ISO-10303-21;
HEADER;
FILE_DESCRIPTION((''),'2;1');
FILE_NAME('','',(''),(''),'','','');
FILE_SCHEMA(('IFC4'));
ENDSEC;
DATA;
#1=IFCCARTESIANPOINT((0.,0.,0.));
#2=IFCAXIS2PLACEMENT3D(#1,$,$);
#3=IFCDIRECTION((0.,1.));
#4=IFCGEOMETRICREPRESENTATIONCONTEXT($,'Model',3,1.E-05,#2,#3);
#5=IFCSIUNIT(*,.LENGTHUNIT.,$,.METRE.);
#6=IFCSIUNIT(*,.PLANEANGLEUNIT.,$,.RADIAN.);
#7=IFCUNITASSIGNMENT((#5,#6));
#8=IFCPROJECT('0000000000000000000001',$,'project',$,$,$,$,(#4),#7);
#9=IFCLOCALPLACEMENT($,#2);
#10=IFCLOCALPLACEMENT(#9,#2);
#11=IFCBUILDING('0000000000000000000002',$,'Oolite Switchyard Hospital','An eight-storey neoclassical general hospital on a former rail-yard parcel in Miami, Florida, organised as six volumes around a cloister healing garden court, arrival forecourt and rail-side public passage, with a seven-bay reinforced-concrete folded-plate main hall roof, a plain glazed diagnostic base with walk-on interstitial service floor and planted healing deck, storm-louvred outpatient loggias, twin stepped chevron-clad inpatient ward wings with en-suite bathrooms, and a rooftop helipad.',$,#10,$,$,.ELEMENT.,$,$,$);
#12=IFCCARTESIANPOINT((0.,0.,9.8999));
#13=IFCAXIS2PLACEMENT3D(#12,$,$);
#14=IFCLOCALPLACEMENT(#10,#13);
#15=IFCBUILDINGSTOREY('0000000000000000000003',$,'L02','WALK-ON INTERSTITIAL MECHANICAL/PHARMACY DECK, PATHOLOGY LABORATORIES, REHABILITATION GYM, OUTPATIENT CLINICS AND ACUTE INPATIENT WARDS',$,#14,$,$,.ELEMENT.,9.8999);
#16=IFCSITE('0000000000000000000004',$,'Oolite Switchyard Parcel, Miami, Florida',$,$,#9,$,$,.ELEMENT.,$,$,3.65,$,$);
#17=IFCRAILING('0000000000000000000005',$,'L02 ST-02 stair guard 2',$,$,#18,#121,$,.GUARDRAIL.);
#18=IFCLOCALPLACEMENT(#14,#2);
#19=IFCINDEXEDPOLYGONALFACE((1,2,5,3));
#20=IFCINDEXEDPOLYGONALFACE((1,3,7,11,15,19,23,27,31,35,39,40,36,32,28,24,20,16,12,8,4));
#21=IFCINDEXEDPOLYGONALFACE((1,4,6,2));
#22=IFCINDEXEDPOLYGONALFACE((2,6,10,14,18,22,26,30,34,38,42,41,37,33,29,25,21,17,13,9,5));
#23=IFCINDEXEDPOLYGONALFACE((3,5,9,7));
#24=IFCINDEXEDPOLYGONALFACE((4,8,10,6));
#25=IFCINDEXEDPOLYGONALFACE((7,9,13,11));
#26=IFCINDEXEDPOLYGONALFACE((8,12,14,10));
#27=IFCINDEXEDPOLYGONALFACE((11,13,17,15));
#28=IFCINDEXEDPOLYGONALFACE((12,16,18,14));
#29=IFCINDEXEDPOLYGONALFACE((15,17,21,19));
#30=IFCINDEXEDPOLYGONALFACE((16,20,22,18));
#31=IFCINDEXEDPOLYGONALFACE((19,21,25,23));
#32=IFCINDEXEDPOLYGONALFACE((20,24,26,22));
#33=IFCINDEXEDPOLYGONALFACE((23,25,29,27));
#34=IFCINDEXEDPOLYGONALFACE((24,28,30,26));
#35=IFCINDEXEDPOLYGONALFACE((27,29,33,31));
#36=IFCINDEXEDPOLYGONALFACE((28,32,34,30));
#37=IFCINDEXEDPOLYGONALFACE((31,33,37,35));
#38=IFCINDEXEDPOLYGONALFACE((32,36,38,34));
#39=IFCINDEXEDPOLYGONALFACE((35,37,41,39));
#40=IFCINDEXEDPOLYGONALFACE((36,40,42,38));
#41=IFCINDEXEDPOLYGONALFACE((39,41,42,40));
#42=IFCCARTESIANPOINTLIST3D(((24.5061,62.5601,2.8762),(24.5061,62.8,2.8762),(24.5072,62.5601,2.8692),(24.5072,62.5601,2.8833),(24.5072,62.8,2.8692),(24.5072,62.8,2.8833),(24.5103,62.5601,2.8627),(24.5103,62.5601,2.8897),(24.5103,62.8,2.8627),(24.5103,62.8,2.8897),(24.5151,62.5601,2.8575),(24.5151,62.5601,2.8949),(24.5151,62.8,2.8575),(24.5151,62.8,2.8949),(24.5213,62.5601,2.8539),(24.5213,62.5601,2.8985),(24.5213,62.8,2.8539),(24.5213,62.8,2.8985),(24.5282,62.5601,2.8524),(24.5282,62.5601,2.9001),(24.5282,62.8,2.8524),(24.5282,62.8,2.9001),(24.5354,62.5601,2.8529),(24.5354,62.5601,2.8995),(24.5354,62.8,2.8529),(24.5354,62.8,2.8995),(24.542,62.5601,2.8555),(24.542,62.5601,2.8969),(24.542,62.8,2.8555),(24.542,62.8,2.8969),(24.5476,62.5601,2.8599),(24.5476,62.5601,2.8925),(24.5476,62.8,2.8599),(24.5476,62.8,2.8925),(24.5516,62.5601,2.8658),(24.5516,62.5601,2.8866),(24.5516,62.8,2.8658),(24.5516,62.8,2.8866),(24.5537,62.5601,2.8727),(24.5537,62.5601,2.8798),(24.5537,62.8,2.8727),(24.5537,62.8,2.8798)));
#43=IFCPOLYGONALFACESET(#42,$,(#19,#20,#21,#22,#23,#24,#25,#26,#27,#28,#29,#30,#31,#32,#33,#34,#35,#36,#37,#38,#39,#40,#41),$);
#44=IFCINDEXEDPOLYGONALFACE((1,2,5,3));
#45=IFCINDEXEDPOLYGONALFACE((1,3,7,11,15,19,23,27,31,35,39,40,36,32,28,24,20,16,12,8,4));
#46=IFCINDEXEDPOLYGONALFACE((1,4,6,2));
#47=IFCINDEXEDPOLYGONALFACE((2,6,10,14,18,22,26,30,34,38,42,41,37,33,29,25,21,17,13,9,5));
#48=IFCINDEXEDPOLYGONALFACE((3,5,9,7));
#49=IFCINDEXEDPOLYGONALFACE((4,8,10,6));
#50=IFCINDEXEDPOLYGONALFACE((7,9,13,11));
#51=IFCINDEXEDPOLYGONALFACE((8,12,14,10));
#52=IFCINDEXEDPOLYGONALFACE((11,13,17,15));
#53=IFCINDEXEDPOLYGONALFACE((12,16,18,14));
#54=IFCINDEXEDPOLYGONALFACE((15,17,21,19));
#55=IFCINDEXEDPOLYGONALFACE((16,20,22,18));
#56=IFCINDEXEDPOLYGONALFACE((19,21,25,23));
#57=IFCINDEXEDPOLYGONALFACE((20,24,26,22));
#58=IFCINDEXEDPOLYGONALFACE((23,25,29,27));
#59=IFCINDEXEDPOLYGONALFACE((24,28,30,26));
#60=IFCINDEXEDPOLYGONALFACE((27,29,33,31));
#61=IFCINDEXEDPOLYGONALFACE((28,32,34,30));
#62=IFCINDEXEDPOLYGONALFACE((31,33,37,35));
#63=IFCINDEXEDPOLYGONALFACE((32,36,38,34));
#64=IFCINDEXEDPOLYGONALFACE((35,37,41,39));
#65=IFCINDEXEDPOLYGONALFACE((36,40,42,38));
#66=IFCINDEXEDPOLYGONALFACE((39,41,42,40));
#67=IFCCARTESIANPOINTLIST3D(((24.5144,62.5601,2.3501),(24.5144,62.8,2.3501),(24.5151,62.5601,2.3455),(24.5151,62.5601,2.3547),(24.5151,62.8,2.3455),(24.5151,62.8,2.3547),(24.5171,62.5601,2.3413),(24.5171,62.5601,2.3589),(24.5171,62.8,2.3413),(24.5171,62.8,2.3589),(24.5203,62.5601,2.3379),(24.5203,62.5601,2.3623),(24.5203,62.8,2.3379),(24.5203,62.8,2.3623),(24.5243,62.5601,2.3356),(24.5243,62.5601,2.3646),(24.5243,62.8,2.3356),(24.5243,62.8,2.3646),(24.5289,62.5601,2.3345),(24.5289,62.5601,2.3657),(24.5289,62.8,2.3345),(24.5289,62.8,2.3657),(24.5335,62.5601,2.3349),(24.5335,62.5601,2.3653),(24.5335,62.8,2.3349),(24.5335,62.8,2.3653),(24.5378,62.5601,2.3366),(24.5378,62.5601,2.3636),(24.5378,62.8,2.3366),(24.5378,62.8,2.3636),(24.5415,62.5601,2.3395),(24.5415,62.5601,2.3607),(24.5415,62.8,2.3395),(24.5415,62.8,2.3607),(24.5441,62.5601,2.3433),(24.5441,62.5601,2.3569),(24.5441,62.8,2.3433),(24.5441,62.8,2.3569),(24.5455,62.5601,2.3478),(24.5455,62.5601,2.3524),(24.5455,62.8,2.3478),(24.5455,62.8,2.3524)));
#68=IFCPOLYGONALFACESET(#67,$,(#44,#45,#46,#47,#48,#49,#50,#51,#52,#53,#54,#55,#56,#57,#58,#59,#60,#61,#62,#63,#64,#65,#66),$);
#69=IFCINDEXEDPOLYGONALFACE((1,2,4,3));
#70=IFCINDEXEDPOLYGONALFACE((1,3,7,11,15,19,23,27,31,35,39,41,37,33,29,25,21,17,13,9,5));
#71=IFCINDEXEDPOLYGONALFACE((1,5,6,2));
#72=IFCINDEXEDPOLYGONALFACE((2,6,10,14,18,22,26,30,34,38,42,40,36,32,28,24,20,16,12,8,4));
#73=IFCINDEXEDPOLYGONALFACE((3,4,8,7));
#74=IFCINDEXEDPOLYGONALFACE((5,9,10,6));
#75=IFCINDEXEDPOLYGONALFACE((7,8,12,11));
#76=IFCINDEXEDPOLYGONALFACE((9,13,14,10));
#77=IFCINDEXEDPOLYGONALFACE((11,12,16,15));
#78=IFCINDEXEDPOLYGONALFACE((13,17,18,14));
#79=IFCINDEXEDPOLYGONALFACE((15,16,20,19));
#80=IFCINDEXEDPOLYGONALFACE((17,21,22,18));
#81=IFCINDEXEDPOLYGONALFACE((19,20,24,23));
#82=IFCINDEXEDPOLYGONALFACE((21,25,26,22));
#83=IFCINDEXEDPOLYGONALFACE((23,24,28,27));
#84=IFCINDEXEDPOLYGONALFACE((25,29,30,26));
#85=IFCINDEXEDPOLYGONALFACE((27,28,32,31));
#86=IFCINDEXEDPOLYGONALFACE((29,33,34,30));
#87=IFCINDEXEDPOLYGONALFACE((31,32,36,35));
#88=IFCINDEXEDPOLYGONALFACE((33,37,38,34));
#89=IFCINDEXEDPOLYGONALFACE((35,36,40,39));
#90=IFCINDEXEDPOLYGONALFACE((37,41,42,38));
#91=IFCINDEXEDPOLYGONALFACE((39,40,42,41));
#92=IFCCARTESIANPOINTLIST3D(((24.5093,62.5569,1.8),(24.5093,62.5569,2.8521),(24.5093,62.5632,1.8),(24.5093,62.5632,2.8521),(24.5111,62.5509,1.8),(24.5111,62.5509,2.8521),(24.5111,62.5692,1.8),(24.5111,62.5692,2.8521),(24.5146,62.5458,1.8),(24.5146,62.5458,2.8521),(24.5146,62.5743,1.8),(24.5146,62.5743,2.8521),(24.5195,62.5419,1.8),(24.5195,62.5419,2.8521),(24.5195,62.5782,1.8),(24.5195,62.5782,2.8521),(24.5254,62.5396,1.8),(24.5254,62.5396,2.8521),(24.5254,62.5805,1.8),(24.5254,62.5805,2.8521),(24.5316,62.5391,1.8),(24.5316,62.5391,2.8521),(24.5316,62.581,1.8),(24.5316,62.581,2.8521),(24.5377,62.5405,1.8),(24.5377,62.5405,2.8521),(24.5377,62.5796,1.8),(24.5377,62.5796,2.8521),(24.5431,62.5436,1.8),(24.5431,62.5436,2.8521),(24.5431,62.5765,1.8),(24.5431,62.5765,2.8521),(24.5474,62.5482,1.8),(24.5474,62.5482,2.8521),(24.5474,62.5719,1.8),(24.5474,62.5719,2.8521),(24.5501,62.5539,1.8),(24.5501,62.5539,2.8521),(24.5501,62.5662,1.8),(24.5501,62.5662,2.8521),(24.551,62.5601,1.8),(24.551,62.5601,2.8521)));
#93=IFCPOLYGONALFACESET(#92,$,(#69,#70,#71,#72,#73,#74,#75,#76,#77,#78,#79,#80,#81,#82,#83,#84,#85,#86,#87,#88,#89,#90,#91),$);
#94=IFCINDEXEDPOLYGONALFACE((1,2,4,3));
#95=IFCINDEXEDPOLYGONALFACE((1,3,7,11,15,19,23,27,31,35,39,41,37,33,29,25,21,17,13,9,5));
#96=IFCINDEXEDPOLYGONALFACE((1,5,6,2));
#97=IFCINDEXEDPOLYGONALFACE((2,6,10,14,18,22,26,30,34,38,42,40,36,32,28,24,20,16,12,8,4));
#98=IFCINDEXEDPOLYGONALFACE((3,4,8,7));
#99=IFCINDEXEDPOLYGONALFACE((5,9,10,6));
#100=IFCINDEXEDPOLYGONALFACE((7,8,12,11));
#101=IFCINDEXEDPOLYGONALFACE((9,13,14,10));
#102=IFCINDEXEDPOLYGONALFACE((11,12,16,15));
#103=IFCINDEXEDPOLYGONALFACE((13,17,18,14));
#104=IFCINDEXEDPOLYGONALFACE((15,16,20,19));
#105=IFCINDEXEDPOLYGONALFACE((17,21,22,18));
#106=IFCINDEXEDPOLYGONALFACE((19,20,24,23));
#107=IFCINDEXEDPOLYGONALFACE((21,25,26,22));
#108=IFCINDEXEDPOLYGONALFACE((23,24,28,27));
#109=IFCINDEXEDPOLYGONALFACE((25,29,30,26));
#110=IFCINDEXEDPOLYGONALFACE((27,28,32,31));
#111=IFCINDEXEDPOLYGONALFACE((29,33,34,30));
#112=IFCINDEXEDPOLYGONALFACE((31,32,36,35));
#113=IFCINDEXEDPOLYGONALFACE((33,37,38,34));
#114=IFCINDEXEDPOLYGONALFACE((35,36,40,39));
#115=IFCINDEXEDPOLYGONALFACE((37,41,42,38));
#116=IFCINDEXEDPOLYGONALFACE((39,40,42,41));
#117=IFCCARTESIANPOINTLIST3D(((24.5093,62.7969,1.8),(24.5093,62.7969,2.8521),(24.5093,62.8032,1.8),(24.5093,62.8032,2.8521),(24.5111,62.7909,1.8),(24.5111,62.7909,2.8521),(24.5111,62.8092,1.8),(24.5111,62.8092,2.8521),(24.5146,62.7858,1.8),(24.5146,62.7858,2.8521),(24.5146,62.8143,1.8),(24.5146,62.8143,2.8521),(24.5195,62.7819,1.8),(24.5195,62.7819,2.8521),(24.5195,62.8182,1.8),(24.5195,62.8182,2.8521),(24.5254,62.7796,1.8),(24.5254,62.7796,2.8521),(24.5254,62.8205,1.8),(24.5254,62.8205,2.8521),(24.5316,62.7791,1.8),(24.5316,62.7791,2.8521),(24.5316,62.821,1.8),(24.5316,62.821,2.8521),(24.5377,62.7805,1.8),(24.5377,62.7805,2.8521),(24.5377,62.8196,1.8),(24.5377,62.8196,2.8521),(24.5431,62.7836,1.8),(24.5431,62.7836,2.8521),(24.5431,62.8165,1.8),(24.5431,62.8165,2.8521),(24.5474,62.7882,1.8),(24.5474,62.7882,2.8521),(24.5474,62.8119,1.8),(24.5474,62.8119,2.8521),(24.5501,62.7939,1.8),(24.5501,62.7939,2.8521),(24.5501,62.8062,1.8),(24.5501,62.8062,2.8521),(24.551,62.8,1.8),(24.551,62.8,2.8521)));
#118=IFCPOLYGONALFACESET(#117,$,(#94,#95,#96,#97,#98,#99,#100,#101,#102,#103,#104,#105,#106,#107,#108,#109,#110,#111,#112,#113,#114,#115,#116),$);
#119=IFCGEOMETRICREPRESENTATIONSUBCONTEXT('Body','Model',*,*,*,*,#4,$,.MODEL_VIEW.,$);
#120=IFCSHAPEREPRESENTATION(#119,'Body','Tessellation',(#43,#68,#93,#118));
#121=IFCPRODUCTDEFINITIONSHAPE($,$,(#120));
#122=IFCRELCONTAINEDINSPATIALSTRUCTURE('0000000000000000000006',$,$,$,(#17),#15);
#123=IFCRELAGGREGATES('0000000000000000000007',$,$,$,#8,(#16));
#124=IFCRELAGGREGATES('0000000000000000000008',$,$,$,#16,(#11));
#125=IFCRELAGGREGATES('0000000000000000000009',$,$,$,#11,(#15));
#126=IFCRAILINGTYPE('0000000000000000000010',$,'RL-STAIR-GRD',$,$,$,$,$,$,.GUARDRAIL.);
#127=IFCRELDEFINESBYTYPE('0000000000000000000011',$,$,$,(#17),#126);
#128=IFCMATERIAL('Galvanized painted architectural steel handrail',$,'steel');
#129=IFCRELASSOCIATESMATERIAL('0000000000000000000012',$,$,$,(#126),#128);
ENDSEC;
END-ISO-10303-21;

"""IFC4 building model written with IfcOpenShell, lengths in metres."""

from ifc_helpers import new_model, si_unit, direction, frame, origin, origin_2d, place, context, subcontext, project, spatial, circle, extrude, material, type_object, element, save


model = new_model("IFC4")

# Units and contexts
model_context = context("Model", 3, precision=1e-05, world=origin(), true_north=direction((0.0, 1.0)))
body_context = subcontext(model_context, "Body", "Model", "MODEL_VIEW")
ifc_project = project(units=[si_unit("LENGTHUNIT", "METRE"), si_unit("PLANEANGLEUNIT", "RADIAN")], contexts=[model_context])

# Site, building, storey
site_placement = place(None, origin())
site = spatial("IfcSite", under=ifc_project, at=site_placement, Name="Oolite Switchyard Parcel, Miami, Florida", CompositionType="ELEMENT", RefElevation=3.65)
building_placement = place(site_placement, origin())
building = spatial("IfcBuilding", under=site, at=building_placement, Name="Oolite Switchyard Hospital", Description="An eight-storey neoclassical general hospital on a former rail-yard parcel in Miami, Florida, organised as six volumes around a cloister healing garden court, arrival forecourt and rail-side public passage, with a seven-bay reinforced-concrete folded-plate main hall roof, a plain glazed diagnostic base with walk-on interstitial service floor and planted healing deck, storm-louvred outpatient loggias, twin stepped chevron-clad inpatient ward wings with en-suite bathrooms, and a rooftop helipad.", CompositionType="ELEMENT")
storey_placement = place(building_placement, frame((0.0, 0.0, 9.8999)))
storey = spatial("IfcBuildingStorey", under=building, at=storey_placement, Name="L02", Description="WALK-ON INTERSTITIAL MECHANICAL/PHARMACY DECK, PATHOLOGY LABORATORIES, REHABILITATION GYM, OUTPATIENT CLINICS AND ACUTE INPATIENT WARDS", CompositionType="ELEMENT", Elevation=9.8999)

# Railing
ifc_material_1 = material(Name="Galvanized painted architectural steel handrail", Category="steel")
railing_type_1 = type_object("IfcRailingType", Name="RL-STAIR-GRD", PredefinedType="GUARDRAIL", material=ifc_material_1)
railing_1_placement = place(storey_placement, frame((24.53, 62.5601, 1.8)))
element("IfcRailing", 1, at=railing_1_placement, inside=storey, type_object=railing_type_1, Name="L02 ST-02 stair guard 2", PredefinedType="GUARDRAIL", context=body_context, shape_type="SweptSolid", body=[
    extrude(circle(Radius=0.0239, at=origin_2d()), frame((0.0, 0.0, 1.0762), z_axis=(0.0, 1.0, 0.0), x_axis=(-1.0, 0.0, 0.0)), (0.0, 0.0, 1.0), 0.24),
    extrude(circle(Radius=0.0156, at=origin_2d()), frame((0.0, 0.0, 0.55), z_axis=(0.0, 1.0, 0.0), x_axis=(-1.0, 0.0, 0.0)), (0.0, 0.0, 1.0), 0.24),
    extrude(circle(Radius=0.021, at=origin_2d()), origin(), (0.0, 0.0, 1.0), 1.052),
    extrude(circle(Radius=0.021, at=origin_2d()), frame((0.0, 0.24, 0.0)), (0.0, 0.0, 1.0), 1.052),
])

save(model, "model.ifc")
